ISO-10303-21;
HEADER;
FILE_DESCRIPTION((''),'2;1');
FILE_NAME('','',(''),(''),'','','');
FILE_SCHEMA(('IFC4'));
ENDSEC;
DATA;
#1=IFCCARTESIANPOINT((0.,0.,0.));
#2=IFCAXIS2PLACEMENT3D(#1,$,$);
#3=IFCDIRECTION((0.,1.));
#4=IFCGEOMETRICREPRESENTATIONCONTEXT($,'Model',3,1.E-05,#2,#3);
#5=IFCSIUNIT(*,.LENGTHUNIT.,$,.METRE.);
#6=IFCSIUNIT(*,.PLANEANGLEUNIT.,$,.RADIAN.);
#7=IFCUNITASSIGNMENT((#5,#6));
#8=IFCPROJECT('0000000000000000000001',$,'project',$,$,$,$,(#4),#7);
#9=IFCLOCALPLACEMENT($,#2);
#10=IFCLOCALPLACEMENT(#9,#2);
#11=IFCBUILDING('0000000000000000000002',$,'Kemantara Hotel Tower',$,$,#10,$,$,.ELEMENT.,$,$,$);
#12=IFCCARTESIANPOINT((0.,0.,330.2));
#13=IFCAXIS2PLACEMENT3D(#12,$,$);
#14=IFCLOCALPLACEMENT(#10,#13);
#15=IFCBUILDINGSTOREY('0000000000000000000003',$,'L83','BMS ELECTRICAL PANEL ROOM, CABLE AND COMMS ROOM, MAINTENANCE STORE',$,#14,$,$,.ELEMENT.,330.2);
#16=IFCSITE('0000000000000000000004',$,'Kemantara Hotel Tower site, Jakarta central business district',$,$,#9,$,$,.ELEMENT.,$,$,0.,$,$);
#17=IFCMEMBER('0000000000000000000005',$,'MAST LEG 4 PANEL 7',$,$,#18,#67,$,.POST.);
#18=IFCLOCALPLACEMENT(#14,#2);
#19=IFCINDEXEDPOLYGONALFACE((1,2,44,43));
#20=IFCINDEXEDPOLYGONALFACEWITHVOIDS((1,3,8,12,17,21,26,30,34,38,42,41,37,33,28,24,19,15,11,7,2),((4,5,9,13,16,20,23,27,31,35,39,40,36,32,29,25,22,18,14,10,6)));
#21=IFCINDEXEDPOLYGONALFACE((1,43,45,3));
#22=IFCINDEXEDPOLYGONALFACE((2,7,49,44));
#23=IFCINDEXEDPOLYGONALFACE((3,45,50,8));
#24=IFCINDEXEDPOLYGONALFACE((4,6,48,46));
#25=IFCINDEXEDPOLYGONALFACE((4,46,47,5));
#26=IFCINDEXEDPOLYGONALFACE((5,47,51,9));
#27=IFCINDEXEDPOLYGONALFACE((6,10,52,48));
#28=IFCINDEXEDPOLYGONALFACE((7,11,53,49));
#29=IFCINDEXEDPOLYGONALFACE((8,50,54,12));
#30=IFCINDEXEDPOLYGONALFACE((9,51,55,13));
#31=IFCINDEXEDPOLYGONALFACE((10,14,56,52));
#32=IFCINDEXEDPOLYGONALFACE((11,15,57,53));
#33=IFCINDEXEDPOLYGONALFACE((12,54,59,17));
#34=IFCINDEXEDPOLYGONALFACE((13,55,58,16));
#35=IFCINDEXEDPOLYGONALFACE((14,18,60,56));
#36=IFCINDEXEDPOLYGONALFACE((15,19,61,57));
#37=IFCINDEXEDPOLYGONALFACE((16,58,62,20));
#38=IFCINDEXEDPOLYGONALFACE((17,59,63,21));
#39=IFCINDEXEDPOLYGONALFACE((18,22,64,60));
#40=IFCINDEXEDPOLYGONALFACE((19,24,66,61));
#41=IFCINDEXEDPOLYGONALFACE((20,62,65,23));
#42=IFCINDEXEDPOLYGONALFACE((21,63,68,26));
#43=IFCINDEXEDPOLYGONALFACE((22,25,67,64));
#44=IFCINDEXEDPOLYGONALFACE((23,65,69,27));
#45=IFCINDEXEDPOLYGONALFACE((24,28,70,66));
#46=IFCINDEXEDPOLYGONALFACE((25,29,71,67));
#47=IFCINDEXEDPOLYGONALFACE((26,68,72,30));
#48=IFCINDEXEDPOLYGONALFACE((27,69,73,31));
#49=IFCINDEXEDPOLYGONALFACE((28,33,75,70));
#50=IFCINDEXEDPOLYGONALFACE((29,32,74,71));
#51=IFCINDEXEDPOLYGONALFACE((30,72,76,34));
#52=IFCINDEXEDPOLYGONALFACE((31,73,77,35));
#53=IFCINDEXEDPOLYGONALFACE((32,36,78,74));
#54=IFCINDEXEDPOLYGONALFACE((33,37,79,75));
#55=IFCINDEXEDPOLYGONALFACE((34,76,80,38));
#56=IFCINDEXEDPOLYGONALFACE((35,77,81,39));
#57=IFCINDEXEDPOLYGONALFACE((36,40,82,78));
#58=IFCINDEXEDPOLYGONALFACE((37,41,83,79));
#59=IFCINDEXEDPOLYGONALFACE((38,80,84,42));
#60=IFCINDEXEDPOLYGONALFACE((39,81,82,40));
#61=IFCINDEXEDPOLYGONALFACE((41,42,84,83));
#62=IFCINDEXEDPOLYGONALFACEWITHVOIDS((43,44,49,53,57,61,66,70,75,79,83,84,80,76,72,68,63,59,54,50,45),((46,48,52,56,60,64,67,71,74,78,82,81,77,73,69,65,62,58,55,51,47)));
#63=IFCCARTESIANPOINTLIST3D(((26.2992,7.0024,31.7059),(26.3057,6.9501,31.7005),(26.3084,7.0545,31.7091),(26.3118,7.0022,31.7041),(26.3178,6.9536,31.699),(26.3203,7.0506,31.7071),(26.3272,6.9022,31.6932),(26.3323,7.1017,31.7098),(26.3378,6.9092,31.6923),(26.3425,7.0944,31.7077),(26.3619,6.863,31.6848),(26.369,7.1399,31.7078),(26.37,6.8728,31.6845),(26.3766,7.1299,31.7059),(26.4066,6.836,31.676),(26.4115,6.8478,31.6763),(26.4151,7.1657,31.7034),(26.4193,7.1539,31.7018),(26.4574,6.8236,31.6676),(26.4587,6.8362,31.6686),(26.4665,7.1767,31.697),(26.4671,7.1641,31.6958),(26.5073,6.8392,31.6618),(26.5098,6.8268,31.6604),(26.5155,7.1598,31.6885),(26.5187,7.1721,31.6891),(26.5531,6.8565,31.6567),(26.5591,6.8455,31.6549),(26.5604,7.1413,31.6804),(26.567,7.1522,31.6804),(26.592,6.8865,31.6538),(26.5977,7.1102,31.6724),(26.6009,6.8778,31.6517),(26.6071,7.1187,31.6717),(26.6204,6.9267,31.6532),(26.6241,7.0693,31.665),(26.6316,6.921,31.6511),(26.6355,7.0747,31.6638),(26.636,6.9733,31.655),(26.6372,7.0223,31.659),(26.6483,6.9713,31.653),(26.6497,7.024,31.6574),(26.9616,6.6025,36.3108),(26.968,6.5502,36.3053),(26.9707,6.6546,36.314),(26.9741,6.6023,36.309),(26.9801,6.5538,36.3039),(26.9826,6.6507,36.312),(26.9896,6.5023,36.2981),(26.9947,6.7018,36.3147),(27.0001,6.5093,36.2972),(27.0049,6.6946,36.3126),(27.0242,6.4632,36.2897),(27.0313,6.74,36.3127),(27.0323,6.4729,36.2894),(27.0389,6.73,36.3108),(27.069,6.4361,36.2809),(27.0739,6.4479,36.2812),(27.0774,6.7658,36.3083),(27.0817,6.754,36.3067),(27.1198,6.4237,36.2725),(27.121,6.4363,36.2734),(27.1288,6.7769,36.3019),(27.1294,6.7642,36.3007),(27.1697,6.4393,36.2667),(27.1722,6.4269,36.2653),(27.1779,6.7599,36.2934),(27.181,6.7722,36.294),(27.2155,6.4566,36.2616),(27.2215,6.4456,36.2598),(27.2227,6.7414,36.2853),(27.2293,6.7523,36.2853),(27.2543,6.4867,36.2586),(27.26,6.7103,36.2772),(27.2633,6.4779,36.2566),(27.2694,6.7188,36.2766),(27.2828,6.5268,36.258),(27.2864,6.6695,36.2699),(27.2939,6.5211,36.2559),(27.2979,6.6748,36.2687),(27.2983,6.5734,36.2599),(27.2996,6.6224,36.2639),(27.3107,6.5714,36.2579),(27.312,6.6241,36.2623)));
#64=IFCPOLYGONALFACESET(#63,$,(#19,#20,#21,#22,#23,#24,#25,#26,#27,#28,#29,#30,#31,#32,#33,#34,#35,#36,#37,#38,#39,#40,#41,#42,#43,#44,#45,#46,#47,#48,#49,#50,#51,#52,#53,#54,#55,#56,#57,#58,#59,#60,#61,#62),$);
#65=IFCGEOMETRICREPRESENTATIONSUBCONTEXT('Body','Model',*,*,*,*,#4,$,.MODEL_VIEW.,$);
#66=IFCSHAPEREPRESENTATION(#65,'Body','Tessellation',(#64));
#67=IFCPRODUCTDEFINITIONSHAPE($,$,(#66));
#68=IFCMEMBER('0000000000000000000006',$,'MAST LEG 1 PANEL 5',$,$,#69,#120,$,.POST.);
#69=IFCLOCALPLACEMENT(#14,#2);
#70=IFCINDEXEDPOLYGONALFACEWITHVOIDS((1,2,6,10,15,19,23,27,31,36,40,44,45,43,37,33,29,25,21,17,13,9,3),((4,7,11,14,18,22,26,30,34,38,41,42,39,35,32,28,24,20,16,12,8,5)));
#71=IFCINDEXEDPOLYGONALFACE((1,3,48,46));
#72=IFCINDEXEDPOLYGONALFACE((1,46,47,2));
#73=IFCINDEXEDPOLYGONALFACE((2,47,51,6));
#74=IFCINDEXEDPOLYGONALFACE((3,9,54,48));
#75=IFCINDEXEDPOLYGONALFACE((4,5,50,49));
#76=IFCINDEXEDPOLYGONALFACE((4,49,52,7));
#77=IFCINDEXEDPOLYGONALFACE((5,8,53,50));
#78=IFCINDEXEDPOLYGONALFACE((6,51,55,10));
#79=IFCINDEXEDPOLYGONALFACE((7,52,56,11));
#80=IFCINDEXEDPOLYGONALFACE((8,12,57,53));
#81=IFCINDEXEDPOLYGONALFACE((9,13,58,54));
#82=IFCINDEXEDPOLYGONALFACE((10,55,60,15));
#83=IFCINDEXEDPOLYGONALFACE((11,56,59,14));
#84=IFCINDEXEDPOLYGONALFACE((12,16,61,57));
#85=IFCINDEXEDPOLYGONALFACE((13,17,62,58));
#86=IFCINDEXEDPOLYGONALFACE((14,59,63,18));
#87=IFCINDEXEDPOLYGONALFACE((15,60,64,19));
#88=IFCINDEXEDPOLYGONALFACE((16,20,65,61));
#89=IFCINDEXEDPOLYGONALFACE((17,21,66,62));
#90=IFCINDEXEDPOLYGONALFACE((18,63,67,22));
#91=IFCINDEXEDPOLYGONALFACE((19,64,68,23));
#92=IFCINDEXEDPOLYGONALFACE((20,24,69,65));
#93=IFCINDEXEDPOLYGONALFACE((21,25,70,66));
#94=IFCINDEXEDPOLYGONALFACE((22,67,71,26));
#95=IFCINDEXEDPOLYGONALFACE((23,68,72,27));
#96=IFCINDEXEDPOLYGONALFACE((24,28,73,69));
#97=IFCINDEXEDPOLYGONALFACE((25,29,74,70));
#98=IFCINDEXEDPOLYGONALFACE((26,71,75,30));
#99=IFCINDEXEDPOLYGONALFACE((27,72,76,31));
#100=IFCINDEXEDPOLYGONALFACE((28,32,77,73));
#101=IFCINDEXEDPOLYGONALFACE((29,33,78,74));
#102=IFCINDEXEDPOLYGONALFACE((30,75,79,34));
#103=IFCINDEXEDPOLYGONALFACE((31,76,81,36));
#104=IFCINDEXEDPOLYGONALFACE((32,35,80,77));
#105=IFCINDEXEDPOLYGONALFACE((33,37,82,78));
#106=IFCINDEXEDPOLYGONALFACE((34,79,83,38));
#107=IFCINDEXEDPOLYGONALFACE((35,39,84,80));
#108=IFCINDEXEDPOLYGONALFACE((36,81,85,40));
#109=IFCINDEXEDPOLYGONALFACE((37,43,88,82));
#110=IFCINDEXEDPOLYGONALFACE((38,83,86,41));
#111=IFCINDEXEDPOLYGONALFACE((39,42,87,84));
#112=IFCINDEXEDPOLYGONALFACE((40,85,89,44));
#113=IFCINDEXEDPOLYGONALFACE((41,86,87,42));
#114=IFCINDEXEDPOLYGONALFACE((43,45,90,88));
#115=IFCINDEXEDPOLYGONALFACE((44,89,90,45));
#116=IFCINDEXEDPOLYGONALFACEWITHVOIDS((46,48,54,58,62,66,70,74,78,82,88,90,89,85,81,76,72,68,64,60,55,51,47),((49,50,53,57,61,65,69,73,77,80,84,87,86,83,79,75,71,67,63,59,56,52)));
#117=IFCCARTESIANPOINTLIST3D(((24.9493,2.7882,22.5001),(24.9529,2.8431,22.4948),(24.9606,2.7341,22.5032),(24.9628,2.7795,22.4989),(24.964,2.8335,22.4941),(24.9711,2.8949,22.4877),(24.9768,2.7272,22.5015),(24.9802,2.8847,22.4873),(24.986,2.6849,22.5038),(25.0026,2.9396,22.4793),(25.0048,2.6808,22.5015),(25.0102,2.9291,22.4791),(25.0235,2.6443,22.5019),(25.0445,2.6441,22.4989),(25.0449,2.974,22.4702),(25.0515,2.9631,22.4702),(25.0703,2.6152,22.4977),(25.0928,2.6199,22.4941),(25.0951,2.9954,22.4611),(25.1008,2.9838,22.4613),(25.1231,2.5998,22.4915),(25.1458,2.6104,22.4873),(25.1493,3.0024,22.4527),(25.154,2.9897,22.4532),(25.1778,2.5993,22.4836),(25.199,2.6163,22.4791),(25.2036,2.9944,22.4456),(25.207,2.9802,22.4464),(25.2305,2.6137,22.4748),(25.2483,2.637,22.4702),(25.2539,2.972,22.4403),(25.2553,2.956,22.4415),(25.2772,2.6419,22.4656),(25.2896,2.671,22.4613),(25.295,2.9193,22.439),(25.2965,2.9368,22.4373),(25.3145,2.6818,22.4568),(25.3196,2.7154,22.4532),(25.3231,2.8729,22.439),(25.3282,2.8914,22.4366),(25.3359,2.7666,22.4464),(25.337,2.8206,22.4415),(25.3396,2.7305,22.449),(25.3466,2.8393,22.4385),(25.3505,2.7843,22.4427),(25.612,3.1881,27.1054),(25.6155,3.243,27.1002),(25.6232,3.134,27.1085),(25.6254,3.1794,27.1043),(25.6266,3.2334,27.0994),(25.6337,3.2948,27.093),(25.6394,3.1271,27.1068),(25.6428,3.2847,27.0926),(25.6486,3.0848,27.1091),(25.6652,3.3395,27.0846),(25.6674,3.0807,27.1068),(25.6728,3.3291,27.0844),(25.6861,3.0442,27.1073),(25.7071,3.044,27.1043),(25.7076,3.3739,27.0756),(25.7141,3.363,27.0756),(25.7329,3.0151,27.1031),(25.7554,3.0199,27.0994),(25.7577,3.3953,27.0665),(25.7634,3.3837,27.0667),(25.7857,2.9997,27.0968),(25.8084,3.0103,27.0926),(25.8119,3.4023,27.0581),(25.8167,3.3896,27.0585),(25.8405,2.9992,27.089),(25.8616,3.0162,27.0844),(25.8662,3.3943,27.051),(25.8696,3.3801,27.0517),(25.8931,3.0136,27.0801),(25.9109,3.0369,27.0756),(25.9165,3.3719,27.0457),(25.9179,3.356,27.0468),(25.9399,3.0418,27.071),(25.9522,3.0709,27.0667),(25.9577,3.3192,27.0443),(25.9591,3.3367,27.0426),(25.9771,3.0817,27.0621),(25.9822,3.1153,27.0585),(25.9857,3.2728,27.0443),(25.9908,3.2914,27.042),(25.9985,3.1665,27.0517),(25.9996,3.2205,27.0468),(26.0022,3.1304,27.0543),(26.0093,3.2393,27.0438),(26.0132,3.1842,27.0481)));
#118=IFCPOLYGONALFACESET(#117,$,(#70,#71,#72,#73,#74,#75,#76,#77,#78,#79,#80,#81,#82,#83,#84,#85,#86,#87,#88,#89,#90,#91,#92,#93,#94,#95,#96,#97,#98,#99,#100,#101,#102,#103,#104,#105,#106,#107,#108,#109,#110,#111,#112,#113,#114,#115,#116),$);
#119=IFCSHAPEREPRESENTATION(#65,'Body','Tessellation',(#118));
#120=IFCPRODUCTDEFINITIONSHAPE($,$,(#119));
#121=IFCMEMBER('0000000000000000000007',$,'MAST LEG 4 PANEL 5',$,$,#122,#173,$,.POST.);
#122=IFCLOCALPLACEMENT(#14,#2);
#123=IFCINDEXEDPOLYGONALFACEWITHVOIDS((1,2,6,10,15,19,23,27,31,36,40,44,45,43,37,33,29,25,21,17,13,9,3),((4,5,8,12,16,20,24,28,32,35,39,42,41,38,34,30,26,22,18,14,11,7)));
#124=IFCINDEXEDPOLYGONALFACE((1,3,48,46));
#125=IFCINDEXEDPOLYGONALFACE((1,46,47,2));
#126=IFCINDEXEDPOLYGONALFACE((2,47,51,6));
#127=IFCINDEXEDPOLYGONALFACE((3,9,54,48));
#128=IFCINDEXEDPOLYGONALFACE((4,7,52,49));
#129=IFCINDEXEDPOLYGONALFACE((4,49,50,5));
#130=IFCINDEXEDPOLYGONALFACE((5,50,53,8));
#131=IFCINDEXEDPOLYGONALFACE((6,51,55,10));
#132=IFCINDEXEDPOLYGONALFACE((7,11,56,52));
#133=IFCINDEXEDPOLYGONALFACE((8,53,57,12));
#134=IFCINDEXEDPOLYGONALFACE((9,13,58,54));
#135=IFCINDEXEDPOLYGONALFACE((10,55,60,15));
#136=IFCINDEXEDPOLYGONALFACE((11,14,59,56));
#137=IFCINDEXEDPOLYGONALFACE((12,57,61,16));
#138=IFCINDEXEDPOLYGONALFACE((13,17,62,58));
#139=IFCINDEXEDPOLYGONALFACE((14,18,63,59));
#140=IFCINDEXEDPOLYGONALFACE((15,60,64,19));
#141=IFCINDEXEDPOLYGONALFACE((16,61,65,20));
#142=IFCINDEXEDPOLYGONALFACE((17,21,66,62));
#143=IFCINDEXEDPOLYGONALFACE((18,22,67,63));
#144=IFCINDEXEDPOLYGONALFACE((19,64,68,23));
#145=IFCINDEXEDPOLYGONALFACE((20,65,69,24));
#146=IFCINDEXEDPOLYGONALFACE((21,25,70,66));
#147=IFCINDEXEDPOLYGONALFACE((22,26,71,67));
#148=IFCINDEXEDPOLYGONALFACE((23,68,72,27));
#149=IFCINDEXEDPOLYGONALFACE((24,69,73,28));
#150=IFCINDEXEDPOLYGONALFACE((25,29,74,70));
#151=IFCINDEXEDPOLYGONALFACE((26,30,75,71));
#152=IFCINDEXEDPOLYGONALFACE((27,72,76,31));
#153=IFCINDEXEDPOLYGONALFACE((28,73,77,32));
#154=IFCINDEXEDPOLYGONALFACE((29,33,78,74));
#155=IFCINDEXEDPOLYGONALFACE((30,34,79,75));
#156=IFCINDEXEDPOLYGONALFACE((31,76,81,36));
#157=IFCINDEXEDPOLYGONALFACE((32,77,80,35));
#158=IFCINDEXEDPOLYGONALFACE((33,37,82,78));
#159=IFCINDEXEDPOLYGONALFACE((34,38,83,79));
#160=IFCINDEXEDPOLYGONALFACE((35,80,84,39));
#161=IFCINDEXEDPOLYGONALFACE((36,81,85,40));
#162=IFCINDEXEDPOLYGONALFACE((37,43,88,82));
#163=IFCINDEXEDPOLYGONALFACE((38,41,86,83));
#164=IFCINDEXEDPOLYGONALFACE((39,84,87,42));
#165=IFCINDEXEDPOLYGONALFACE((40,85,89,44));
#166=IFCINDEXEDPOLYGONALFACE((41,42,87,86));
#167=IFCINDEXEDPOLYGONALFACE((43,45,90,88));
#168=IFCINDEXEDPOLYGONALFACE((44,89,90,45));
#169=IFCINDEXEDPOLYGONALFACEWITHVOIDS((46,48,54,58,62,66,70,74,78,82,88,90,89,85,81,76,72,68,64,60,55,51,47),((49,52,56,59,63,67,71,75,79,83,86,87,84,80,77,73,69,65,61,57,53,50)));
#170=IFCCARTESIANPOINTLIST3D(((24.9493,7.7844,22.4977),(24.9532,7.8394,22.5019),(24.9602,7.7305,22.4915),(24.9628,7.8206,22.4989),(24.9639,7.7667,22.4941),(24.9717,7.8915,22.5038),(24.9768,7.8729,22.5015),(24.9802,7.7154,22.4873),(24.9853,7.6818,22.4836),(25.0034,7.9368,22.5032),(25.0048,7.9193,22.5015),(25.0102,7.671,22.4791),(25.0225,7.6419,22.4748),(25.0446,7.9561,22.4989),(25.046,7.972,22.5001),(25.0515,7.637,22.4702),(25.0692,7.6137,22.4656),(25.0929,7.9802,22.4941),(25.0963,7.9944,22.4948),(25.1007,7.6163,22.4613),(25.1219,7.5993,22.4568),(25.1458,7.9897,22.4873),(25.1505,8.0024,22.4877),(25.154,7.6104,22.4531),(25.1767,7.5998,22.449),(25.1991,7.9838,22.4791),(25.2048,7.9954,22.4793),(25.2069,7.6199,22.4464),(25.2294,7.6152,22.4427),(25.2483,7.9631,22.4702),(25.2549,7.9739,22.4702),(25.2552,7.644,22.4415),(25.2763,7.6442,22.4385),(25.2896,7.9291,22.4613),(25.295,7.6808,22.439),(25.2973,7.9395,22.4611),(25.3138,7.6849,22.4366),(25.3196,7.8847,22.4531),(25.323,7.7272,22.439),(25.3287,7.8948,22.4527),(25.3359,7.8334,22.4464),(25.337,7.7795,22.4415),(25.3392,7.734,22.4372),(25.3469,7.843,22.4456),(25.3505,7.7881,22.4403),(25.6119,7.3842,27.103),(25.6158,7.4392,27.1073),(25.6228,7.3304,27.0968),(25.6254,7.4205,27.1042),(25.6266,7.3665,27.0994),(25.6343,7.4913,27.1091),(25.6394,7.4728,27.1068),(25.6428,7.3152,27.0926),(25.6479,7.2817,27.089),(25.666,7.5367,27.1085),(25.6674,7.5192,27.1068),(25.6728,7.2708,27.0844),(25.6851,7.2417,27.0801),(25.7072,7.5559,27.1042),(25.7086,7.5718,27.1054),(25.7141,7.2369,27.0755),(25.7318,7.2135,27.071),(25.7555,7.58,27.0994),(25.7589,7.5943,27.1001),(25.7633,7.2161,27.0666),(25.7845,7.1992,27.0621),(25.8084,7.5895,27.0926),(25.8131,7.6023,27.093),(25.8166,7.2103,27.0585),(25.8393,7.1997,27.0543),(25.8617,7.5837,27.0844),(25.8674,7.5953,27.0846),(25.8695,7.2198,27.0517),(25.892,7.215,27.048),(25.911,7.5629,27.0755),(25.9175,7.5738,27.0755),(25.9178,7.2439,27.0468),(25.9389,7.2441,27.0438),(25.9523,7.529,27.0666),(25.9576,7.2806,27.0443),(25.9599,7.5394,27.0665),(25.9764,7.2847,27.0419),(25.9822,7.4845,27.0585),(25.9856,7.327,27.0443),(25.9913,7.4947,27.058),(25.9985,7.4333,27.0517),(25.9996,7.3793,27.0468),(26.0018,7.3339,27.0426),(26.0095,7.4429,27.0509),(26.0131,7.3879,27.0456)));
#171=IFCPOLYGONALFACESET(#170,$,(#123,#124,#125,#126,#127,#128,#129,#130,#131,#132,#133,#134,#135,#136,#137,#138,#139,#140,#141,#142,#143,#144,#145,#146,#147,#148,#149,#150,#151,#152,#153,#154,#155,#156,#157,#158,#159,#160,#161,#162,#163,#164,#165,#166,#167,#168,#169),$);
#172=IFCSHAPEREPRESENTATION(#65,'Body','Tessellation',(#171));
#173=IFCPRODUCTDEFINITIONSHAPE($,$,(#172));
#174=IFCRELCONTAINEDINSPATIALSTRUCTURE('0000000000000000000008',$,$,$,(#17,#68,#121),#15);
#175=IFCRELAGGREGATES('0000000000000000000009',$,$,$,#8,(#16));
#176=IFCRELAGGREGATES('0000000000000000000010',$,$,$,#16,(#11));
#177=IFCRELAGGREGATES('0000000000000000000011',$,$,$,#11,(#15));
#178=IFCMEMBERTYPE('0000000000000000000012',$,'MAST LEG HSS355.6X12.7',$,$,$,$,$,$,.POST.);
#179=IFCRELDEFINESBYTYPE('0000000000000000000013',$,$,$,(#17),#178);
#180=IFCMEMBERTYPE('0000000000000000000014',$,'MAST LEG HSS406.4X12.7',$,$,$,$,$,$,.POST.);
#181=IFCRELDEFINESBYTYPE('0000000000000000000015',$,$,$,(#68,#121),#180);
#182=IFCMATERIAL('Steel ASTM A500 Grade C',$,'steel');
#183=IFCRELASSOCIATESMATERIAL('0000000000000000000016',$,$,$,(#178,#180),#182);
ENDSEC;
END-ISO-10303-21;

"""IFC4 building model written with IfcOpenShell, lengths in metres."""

from ifc_helpers import new_model, si_unit, direction, frame, origin, origin_2d, place, context, subcontext, project, spatial, hollow_circle, extrude, material, material_profile, profile_set, type_object, element, save


model = new_model("IFC4")

# Units and contexts
model_context = context("Model", 3, precision=1e-05, world=origin(), true_north=direction((0.0, 1.0)))
body_context = subcontext(model_context, "Body", "Model", "MODEL_VIEW")
ifc_project = project(units=[si_unit("LENGTHUNIT", "METRE"), si_unit("PLANEANGLEUNIT", "RADIAN")], contexts=[model_context])

# Site, building, storey
site_placement = place(None, origin())
site = spatial("IfcSite", under=ifc_project, at=site_placement, Name="Kemantara Hotel Tower site, Jakarta central business district", CompositionType="ELEMENT", RefElevation=0.0)
building_placement = place(site_placement, origin())
building = spatial("IfcBuilding", under=site, at=building_placement, Name="Kemantara Hotel Tower", CompositionType="ELEMENT")
storey_placement = place(building_placement, frame((0.0, 0.0, 330.2)))
storey = spatial("IfcBuildingStorey", under=building, at=storey_placement, Name="L83", Description="BMS ELECTRICAL PANEL ROOM, CABLE AND COMMS ROOM, MAINTENANCE STORE", CompositionType="ELEMENT", Elevation=330.2)

# Members
ifc_material_1 = material(Name="Steel ASTM A500 Grade C", Category="steel")
ifc_material_profile_1 = material_profile(ifc_material_1, hollow_circle(Radius=0.1777, WallThickness=0.0127, at=origin_2d()), Name="HSS355.6X12.7")
ifc_profile_set_1 = profile_set([ifc_material_profile_1], Name="Steel ASTM A500 Grade C")
member_type_1 = type_object("IfcMemberType", Name="MAST LEG HSS355.6X12.7", PredefinedType="POST", material=ifc_profile_set_1)
for number, where, z_axis, x_axis, name in (
    (1, (26.4751, 7.0, 31.6804), (0.141846, -0.085641, 0.986177), (0.51686, 0.85607, 0.0), "MAST LEG 4 PANEL 7"),
):
    element("IfcMember", number, at=place(storey_placement, frame(where, z_axis=z_axis, x_axis=x_axis)), inside=storey, type_object=member_type_1, Name=name, PredefinedType="POST", context=body_context, shape_type="SweptSolid", body=[
        extrude(hollow_circle(Radius=0.1777, WallThickness=0.0127, at=origin_2d()), origin(), (0.0, 0.0, 1.0), 4.6694),
    ])
ifc_material_profile_2 = material_profile(ifc_material_1, hollow_circle(Radius=0.2031, WallThickness=0.0127, at=origin_2d()), Name="HSS406.4X12.7")
ifc_profile_set_2 = profile_set([ifc_material_profile_2], Name="Steel ASTM A500 Grade C")
member_type_2 = type_object("IfcMemberType", Name="MAST LEG HSS406.4X12.7", PredefinedType="POST", material=ifc_profile_set_2)
for number, where, z_axis, x_axis, name in (
    (2, (25.1499, 2.8, 22.4702), (0.14189, 0.085636, 0.986171), (-0.516721, 0.856154, 0.0), "MAST LEG 1 PANEL 5"),
    (3, (25.1499, 7.8, 22.4702), (0.141889, -0.085688, 0.986167), (0.516952, 0.856014, 0.0), "MAST LEG 4 PANEL 5"),
):
    element("IfcMember", number, at=place(storey_placement, frame(where, z_axis=z_axis, x_axis=x_axis)), inside=storey, type_object=member_type_2, Name=name, PredefinedType="POST", context=body_context, shape_type="SweptSolid", body=[
        extrude(hollow_circle(Radius=0.2031, WallThickness=0.0127, at=origin_2d()), origin(), (0.0, 0.0, 1.0), 4.6699),
    ])

save(model, "model.ifc")
